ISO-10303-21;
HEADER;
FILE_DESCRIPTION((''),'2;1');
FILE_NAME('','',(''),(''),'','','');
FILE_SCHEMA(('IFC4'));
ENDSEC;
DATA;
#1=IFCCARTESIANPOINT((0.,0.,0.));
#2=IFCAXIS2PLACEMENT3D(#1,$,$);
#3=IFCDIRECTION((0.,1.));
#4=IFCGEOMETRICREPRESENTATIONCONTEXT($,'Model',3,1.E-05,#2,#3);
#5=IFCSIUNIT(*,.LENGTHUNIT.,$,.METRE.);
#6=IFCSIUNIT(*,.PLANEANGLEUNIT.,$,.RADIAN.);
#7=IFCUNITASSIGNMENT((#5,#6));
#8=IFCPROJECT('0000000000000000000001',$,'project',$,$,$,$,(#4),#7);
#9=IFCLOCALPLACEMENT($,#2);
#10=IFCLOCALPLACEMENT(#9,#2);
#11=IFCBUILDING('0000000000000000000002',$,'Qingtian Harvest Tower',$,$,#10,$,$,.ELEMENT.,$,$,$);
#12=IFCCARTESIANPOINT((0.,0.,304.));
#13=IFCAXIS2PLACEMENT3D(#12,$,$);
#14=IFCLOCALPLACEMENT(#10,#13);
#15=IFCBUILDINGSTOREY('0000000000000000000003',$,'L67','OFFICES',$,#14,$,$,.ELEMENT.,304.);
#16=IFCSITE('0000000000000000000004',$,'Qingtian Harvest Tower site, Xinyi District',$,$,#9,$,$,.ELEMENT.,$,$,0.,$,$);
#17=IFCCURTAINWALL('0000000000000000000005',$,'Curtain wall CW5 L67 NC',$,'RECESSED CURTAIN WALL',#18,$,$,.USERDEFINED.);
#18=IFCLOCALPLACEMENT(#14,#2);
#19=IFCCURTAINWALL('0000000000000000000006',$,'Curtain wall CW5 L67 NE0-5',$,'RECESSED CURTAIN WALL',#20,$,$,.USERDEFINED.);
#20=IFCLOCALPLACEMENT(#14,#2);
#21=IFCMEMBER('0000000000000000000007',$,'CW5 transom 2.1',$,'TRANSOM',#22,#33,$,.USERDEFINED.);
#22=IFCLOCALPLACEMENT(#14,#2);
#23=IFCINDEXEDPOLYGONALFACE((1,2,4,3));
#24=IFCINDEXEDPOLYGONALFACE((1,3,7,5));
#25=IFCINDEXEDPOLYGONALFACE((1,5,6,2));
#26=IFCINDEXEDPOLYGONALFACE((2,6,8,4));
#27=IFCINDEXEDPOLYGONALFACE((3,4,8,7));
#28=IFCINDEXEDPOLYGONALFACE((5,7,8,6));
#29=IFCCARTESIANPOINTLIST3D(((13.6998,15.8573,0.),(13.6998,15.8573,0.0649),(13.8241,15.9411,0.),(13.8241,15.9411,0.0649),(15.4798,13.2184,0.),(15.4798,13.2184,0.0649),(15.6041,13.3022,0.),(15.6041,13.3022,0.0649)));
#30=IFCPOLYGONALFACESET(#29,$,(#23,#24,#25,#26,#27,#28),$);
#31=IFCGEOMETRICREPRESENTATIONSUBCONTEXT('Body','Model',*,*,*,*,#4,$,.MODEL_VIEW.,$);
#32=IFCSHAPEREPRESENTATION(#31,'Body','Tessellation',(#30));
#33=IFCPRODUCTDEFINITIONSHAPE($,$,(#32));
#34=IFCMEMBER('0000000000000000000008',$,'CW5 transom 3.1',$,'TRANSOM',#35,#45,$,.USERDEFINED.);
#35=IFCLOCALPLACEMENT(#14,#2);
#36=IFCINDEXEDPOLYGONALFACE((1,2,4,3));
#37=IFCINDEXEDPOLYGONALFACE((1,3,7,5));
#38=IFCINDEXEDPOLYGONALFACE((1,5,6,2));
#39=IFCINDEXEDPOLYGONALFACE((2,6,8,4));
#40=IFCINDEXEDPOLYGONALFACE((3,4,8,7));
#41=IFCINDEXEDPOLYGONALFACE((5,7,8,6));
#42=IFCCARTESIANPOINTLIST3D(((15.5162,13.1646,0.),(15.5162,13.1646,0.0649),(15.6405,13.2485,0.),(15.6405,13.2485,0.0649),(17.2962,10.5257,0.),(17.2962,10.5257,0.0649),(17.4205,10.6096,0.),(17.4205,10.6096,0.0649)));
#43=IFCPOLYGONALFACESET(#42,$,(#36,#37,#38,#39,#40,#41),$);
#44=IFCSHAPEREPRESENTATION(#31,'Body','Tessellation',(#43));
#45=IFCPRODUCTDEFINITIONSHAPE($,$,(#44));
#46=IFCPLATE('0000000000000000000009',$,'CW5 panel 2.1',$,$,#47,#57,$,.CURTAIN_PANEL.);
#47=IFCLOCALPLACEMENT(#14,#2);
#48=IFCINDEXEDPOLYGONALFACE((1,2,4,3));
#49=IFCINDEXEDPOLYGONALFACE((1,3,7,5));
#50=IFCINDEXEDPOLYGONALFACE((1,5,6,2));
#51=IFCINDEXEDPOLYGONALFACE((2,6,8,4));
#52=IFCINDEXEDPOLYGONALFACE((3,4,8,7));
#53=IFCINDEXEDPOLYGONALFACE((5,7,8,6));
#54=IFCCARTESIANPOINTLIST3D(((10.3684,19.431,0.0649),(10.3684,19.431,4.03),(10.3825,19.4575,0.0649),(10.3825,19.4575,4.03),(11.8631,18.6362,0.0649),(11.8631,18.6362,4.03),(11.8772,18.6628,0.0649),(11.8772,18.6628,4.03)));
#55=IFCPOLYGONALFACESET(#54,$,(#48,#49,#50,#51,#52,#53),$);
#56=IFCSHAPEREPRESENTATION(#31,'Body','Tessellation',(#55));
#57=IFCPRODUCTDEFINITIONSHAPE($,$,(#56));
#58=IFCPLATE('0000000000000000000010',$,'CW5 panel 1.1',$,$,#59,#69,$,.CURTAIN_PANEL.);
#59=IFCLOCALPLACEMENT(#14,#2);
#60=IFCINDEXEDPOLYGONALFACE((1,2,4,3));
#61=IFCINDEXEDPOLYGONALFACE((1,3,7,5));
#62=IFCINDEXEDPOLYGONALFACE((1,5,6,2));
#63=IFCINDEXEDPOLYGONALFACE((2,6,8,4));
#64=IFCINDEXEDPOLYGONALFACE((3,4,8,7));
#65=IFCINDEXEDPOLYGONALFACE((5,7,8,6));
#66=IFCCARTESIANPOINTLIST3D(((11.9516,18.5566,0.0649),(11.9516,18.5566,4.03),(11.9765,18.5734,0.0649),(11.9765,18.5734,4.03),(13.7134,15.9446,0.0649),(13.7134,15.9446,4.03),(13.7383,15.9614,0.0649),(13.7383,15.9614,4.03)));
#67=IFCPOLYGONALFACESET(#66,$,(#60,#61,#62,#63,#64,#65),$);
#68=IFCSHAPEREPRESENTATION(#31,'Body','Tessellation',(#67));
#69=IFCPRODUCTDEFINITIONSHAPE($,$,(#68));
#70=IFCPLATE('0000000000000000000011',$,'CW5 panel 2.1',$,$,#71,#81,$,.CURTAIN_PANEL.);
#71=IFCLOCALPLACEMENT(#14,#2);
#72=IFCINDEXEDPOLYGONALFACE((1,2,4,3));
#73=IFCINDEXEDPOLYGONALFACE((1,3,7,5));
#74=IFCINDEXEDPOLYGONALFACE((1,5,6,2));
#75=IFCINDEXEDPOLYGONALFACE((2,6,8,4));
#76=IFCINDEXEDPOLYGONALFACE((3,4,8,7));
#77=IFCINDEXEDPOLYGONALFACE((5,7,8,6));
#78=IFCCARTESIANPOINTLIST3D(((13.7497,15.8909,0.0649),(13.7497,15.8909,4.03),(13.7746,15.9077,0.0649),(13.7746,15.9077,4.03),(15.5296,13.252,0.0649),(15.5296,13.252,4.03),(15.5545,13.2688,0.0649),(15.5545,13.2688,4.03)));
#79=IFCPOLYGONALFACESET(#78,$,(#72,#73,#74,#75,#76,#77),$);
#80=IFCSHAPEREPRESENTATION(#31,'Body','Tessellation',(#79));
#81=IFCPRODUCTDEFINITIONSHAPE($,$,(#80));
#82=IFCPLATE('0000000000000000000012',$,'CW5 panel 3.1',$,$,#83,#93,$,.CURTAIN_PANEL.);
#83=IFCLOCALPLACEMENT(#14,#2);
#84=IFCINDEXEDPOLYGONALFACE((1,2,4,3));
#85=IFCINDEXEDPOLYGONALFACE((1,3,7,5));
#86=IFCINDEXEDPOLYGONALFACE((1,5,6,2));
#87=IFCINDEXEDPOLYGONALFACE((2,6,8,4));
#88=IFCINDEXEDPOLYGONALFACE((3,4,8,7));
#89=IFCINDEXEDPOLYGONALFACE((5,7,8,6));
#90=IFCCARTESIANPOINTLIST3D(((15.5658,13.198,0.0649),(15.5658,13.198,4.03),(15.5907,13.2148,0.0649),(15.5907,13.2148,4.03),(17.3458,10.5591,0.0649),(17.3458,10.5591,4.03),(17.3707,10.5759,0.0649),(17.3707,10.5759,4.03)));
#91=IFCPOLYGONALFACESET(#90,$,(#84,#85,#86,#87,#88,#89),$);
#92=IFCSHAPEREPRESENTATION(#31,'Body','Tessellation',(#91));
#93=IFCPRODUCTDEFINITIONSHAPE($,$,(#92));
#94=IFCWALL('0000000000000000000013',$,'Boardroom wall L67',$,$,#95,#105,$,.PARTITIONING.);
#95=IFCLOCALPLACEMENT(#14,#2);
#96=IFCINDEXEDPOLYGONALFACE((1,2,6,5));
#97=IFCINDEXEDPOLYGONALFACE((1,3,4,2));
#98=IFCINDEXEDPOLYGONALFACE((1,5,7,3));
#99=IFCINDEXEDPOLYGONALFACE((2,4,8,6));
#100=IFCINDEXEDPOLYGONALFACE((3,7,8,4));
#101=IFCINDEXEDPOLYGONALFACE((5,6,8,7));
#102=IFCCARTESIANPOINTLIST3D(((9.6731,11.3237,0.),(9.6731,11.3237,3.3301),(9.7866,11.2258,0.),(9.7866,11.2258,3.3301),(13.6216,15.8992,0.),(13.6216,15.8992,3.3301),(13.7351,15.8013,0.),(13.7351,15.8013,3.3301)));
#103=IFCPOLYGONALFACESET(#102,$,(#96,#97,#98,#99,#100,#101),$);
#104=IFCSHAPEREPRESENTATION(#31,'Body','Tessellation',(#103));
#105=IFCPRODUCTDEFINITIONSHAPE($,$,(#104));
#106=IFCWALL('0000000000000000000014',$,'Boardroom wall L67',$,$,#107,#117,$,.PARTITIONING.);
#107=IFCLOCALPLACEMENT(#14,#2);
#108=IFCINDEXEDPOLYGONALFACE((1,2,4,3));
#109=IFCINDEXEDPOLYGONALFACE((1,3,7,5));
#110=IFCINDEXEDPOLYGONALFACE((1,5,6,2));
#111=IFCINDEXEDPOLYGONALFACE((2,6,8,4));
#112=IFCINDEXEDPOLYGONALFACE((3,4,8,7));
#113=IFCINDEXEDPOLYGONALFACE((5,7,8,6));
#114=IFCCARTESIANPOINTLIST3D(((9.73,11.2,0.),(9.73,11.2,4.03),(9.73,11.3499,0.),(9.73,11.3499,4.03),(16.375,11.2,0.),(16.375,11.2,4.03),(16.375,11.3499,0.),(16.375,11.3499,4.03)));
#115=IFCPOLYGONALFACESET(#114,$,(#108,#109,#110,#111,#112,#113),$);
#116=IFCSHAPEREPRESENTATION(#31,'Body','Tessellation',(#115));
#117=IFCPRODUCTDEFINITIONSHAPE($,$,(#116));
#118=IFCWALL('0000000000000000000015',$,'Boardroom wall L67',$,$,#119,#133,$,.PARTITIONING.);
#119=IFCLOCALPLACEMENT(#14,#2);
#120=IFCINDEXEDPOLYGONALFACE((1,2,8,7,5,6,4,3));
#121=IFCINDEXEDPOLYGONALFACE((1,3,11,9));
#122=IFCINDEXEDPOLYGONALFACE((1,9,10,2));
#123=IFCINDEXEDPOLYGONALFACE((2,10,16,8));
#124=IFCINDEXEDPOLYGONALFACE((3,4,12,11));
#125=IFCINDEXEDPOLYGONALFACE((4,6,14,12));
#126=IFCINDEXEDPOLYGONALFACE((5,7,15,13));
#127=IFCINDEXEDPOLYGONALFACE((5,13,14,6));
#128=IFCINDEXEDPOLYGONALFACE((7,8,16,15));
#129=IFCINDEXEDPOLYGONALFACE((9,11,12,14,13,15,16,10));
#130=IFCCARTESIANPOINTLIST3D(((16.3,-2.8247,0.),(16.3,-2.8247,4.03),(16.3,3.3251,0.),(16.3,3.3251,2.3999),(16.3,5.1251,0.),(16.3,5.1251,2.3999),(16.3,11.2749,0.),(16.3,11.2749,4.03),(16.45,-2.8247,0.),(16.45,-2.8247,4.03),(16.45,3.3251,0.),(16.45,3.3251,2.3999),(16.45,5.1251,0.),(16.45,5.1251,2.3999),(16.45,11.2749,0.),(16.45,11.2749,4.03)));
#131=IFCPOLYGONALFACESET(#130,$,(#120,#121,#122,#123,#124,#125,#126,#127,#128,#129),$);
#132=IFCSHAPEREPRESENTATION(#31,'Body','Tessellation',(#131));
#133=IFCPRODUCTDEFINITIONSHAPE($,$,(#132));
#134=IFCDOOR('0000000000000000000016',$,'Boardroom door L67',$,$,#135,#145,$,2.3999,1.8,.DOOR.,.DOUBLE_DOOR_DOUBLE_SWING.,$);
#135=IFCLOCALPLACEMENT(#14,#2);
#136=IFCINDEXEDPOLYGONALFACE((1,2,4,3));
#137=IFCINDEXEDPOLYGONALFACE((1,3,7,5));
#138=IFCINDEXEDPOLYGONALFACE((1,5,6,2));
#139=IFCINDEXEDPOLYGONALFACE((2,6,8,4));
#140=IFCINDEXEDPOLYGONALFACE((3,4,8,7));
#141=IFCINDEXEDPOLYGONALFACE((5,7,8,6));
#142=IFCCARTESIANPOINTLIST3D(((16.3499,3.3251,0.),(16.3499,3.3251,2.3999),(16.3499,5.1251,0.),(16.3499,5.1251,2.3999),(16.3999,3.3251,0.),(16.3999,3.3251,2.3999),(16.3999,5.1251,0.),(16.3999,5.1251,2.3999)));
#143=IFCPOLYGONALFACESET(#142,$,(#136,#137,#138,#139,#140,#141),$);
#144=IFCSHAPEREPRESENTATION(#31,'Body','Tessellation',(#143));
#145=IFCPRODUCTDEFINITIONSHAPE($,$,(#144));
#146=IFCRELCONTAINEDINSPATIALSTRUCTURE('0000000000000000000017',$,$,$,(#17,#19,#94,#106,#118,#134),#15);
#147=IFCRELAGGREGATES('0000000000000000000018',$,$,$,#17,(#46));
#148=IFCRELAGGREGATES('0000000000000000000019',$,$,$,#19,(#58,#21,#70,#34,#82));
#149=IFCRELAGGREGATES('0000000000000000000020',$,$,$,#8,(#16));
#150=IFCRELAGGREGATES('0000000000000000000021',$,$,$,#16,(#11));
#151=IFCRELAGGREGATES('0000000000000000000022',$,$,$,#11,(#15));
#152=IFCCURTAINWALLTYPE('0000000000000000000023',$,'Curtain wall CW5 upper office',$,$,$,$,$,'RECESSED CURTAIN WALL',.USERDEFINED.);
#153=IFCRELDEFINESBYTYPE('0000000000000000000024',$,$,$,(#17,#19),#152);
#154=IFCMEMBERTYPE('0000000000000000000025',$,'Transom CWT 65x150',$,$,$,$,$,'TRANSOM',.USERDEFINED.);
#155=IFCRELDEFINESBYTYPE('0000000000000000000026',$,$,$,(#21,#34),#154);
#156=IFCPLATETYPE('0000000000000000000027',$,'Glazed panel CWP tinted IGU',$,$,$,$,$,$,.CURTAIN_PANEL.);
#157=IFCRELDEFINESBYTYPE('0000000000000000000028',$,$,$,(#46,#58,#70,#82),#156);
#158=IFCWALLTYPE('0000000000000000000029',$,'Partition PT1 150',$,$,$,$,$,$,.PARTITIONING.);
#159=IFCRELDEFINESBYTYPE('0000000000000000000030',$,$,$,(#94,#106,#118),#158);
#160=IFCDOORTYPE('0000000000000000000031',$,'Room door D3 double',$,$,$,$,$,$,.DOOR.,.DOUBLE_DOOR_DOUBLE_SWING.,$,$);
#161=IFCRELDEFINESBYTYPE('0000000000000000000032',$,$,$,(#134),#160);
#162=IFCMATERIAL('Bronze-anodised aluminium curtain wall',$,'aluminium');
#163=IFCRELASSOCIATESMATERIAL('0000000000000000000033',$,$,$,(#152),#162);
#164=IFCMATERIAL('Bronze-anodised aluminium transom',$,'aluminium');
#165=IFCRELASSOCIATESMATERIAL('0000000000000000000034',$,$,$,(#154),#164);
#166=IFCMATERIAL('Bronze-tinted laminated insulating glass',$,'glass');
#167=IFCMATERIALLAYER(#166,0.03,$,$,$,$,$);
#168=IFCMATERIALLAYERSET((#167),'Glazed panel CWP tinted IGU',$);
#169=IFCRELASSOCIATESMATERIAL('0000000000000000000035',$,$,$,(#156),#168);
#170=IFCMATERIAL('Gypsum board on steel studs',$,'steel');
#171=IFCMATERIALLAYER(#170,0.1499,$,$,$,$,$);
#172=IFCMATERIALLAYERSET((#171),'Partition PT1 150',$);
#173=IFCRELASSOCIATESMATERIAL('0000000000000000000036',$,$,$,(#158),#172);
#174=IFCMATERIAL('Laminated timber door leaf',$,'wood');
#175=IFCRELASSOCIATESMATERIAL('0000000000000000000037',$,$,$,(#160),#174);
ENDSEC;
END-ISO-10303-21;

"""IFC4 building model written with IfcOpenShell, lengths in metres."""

from ifc_helpers import new_model, si_unit, direction, frame, frame_2d, origin, origin_2d, place, context, subcontext, project, spatial, rectangle, extrude, material, layer, layer_set, material_profile, profile_set, type_object, element, fill, aggregate, save


model = new_model("IFC4")

# Units and contexts
model_context = context("Model", 3, precision=1e-05, world=origin(), true_north=direction((0.0, 1.0)))
body_context = subcontext(model_context, "Body", "Model", "MODEL_VIEW")
ifc_project = project(units=[si_unit("LENGTHUNIT", "METRE"), si_unit("PLANEANGLEUNIT", "RADIAN")], contexts=[model_context])

# Site, building, storey
site_placement = place(None, origin())
site = spatial("IfcSite", under=ifc_project, at=site_placement, Name="Qingtian Harvest Tower site, Xinyi District", CompositionType="ELEMENT", RefElevation=0.0)
building_placement = place(site_placement, origin())
building = spatial("IfcBuilding", under=site, at=building_placement, Name="Qingtian Harvest Tower", CompositionType="ELEMENT")
storey_placement = place(building_placement, frame((0.0, 0.0, 304.0)))
storey = spatial("IfcBuildingStorey", under=building, at=storey_placement, Name="L67", Description="OFFICES", CompositionType="ELEMENT", Elevation=304.0)

# Curtain walls
ifc_material_1 = material(Name="Bronze-anodised aluminium curtain wall", Category="aluminium")
curtain_wall_type = type_object("IfcCurtainWallType", Name="Curtain wall CW5 upper office", ElementType="RECESSED CURTAIN WALL", PredefinedType="USERDEFINED", material=ifc_material_1)
curtain_wall_1_placement = place(storey_placement, origin())
curtain_wall_1 = element("IfcCurtainWall", 1, at=curtain_wall_1_placement, inside=storey, type_object=curtain_wall_type, Name="Curtain wall CW5 L67 NC", ObjectType="RECESSED CURTAIN WALL", PredefinedType="USERDEFINED")
curtain_wall_2_placement = place(storey_placement, origin())
curtain_wall_2 = element("IfcCurtainWall", 2, at=curtain_wall_2_placement, inside=storey, type_object=curtain_wall_type, Name="Curtain wall CW5 L67 NE0-5", ObjectType="RECESSED CURTAIN WALL", PredefinedType="USERDEFINED")

# Members
ifc_material_2 = material(Name="Bronze-anodised aluminium transom", Category="aluminium")
ifc_material_profile_1 = material_profile(ifc_material_2, rectangle(XDim=0.1499, YDim=0.0649, at=origin_2d()), Name="AL 65x150")
ifc_profile_set_1 = profile_set([ifc_material_profile_1], Name="Bronze-anodised aluminium transom")
member_type_1 = type_object("IfcMemberType", Name="Transom CWT 65x150", ElementType="TRANSOM", PredefinedType="USERDEFINED", material=ifc_profile_set_1)
member_1_placement = place(storey_placement, frame((13.762, 15.8992, 0.0325), z_axis=(0.559205, -0.829029, 0.0), x_axis=(0.829029, 0.559205, 0.0)))
member_1 = element("IfcMember", 3, at=member_1_placement, type_object=member_type_1, Name="CW5 transom 2.1", ObjectType="TRANSOM", PredefinedType="USERDEFINED", context=body_context, shape_type="SweptSolid", body=[
    extrude(rectangle(XDim=0.1499, YDim=0.0649, at=origin_2d()), origin(), (0.0, 0.0, 1.0), 3.1831),
])
member_2_placement = place(storey_placement, frame((15.5784, 13.2065, 0.0325), z_axis=(0.559205, -0.829029, 0.0), x_axis=(0.829029, 0.559205, 0.0)))
member_2 = element("IfcMember", 4, at=member_2_placement, type_object=member_type_1, Name="CW5 transom 3.1", ObjectType="TRANSOM", PredefinedType="USERDEFINED", context=body_context, shape_type="SweptSolid", body=[
    extrude(rectangle(XDim=0.1499, YDim=0.0649, at=origin_2d()), origin(), (0.0, 0.0, 1.0), 3.1831),
])

# Plates
ifc_material_3 = material(Name="Bronze-tinted laminated insulating glass", Category="glass")
ifc_layer_1 = layer(ifc_material_3, 0.03)
ifc_layer_set_1 = layer_set([ifc_layer_1], Name="Glazed panel CWP tinted IGU")
plate_type = type_object("IfcPlateType", Name="Glazed panel CWP tinted IGU", PredefinedType="CURTAIN_PANEL", material=ifc_layer_set_1)
plate_1_placement = place(storey_placement, frame((11.1228, 19.0469, 0.0649), z_axis=(0.0, 0.0, 1.0), x_axis=(0.882948, -0.469472, 0.0)))
plate_1 = element("IfcPlate", 5, at=plate_1_placement, type_object=plate_type, Name="CW5 panel 2.1", PredefinedType="CURTAIN_PANEL", context=body_context, shape_type="SweptSolid", body=[
    extrude(rectangle(XDim=1.6929, YDim=0.03, at=origin_2d()), origin(), (0.0, 0.0, 1.0), 3.9651),
])
aggregate(curtain_wall_1, [plate_1])
plate_2_placement = place(storey_placement, frame((12.845, 17.259, 0.0649), z_axis=(0.0, 0.0, 1.0), x_axis=(0.559193, -0.829038, 0.0)))
plate_2 = element("IfcPlate", 6, at=plate_2_placement, type_object=plate_type, Name="CW5 panel 1.1", PredefinedType="CURTAIN_PANEL", context=body_context, shape_type="SweptSolid", body=[
    extrude(rectangle(XDim=3.1506, YDim=0.03, at=origin_2d()), origin(), (0.0, 0.0, 1.0), 3.9651),
])
plate_3_placement = place(storey_placement, frame((14.6521, 14.5798, 0.0649), z_axis=(0.0, 0.0, 1.0), x_axis=(0.559193, -0.829038, 0.0)))
plate_3 = element("IfcPlate", 7, at=plate_3_placement, type_object=plate_type, Name="CW5 panel 2.1", PredefinedType="CURTAIN_PANEL", context=body_context, shape_type="SweptSolid", body=[
    extrude(rectangle(XDim=3.1831, YDim=0.03, at=origin_2d()), origin(), (0.0, 0.0, 1.0), 3.9651),
])
plate_4_placement = place(storey_placement, frame((16.4683, 11.887, 0.0649), z_axis=(0.0, 0.0, 1.0), x_axis=(0.559193, -0.829038, 0.0)))
plate_4 = element("IfcPlate", 8, at=plate_4_placement, type_object=plate_type, Name="CW5 panel 3.1", PredefinedType="CURTAIN_PANEL", context=body_context, shape_type="SweptSolid", body=[
    extrude(rectangle(XDim=3.1831, YDim=0.03, at=origin_2d()), origin(), (0.0, 0.0, 1.0), 3.9651),
])
aggregate(curtain_wall_2, [plate_2, member_1, plate_3, member_2, plate_4])

# Walls
ifc_material_4 = material(Name="Gypsum board on steel studs", Category="steel")
ifc_layer_2 = layer(ifc_material_4, 0.1499)
ifc_layer_set_2 = layer_set([ifc_layer_2], Name="Partition PT1 150")
wall_type = type_object("IfcWallType", Name="Partition PT1 150", PredefinedType="PARTITIONING", material=ifc_layer_set_2)
wall_1_placement = place(storey_placement, frame((13.6785, 15.8503, 0.0), z_axis=(0.0, 0.0, 1.0), x_axis=(-0.653333, -0.757071, 0.0)))
element("IfcWall", 9, at=wall_1_placement, inside=storey, type_object=wall_type, Name="Boardroom wall L67", PredefinedType="PARTITIONING", context=body_context, shape_type="SweptSolid", body=[
    extrude(rectangle(XDim=6.0437, YDim=0.1499, at=frame_2d((3.022, 0.0))), origin(), (0.0, 0.0, 1.0), 3.3301),
])
wall_2_placement = place(storey_placement, frame((9.73, 11.2749, 0.0), z_axis=(0.0, 0.0, 1.0), x_axis=(1.0, 0.0, 0.0)))
element("IfcWall", 10, at=wall_2_placement, inside=storey, type_object=wall_type, Name="Boardroom wall L67", PredefinedType="PARTITIONING", context=body_context, shape_type="SweptSolid", body=[
    extrude(rectangle(XDim=6.645, YDim=0.1499, at=frame_2d((3.3225, 0.0))), origin(), (0.0, 0.0, 1.0), 4.03),
])

# Wall, opening, door
wall_3_placement = place(storey_placement, frame((16.375, 11.2749, 0.0), z_axis=(0.0, 0.0, 1.0), x_axis=(0.0, -1.0, 0.0)))
wall_3 = element("IfcWall", 11, at=wall_3_placement, inside=storey, type_object=wall_type, Name="Boardroom wall L67", PredefinedType="PARTITIONING", context=body_context, shape_type="SweptSolid", body=[
    extrude(rectangle(XDim=14.0996, YDim=0.1499, at=frame_2d((7.0498, 0.0))), origin(), (0.0, 0.0, 1.0), 4.03),
])
opening_placement = place(wall_3_placement, frame((6.1499, 0.0, 0.0)))
opening = element("IfcOpeningElement", 12, at=opening_placement, cuts=wall_3, PredefinedType="OPENING", context=body_context, shape_type="SweptSolid", body=[
    extrude(rectangle(XDim=1.8, YDim=2.3999, at=frame_2d((0.8999, 1.2))), frame((0.0, 0.085, 0.0), z_axis=(0.0, -1.0, 0.0), x_axis=(1.0, 0.0, 0.0)), (0.0, 0.0, 1.0), 0.1699),
])
ifc_material_5 = material(Name="Laminated timber door leaf", Category="wood")
door_type = type_object("IfcDoorType", Name="Room door D3 double", OperationType="DOUBLE_DOOR_DOUBLE_SWING", PredefinedType="DOOR", material=ifc_material_5)
door_placement = place(opening_placement, origin())
door = element("IfcDoor", 13, at=door_placement, inside=storey, type_object=door_type, Name="Boardroom door L67", OperationType="DOUBLE_DOOR_DOUBLE_SWING", OverallHeight=2.3999, OverallWidth=1.8, PredefinedType="DOOR", context=body_context, shape_type="SweptSolid", body=[
    extrude(rectangle(XDim=1.8, YDim=2.3999, at=frame_2d((0.8999, 1.2))), frame((0.0, 0.0249, 0.0), z_axis=(0.0, -1.0, 0.0), x_axis=(1.0, 0.0, 0.0)), (0.0, 0.0, 1.0), 0.05),
])
fill(opening, door)

save(model, "model.ifc")
